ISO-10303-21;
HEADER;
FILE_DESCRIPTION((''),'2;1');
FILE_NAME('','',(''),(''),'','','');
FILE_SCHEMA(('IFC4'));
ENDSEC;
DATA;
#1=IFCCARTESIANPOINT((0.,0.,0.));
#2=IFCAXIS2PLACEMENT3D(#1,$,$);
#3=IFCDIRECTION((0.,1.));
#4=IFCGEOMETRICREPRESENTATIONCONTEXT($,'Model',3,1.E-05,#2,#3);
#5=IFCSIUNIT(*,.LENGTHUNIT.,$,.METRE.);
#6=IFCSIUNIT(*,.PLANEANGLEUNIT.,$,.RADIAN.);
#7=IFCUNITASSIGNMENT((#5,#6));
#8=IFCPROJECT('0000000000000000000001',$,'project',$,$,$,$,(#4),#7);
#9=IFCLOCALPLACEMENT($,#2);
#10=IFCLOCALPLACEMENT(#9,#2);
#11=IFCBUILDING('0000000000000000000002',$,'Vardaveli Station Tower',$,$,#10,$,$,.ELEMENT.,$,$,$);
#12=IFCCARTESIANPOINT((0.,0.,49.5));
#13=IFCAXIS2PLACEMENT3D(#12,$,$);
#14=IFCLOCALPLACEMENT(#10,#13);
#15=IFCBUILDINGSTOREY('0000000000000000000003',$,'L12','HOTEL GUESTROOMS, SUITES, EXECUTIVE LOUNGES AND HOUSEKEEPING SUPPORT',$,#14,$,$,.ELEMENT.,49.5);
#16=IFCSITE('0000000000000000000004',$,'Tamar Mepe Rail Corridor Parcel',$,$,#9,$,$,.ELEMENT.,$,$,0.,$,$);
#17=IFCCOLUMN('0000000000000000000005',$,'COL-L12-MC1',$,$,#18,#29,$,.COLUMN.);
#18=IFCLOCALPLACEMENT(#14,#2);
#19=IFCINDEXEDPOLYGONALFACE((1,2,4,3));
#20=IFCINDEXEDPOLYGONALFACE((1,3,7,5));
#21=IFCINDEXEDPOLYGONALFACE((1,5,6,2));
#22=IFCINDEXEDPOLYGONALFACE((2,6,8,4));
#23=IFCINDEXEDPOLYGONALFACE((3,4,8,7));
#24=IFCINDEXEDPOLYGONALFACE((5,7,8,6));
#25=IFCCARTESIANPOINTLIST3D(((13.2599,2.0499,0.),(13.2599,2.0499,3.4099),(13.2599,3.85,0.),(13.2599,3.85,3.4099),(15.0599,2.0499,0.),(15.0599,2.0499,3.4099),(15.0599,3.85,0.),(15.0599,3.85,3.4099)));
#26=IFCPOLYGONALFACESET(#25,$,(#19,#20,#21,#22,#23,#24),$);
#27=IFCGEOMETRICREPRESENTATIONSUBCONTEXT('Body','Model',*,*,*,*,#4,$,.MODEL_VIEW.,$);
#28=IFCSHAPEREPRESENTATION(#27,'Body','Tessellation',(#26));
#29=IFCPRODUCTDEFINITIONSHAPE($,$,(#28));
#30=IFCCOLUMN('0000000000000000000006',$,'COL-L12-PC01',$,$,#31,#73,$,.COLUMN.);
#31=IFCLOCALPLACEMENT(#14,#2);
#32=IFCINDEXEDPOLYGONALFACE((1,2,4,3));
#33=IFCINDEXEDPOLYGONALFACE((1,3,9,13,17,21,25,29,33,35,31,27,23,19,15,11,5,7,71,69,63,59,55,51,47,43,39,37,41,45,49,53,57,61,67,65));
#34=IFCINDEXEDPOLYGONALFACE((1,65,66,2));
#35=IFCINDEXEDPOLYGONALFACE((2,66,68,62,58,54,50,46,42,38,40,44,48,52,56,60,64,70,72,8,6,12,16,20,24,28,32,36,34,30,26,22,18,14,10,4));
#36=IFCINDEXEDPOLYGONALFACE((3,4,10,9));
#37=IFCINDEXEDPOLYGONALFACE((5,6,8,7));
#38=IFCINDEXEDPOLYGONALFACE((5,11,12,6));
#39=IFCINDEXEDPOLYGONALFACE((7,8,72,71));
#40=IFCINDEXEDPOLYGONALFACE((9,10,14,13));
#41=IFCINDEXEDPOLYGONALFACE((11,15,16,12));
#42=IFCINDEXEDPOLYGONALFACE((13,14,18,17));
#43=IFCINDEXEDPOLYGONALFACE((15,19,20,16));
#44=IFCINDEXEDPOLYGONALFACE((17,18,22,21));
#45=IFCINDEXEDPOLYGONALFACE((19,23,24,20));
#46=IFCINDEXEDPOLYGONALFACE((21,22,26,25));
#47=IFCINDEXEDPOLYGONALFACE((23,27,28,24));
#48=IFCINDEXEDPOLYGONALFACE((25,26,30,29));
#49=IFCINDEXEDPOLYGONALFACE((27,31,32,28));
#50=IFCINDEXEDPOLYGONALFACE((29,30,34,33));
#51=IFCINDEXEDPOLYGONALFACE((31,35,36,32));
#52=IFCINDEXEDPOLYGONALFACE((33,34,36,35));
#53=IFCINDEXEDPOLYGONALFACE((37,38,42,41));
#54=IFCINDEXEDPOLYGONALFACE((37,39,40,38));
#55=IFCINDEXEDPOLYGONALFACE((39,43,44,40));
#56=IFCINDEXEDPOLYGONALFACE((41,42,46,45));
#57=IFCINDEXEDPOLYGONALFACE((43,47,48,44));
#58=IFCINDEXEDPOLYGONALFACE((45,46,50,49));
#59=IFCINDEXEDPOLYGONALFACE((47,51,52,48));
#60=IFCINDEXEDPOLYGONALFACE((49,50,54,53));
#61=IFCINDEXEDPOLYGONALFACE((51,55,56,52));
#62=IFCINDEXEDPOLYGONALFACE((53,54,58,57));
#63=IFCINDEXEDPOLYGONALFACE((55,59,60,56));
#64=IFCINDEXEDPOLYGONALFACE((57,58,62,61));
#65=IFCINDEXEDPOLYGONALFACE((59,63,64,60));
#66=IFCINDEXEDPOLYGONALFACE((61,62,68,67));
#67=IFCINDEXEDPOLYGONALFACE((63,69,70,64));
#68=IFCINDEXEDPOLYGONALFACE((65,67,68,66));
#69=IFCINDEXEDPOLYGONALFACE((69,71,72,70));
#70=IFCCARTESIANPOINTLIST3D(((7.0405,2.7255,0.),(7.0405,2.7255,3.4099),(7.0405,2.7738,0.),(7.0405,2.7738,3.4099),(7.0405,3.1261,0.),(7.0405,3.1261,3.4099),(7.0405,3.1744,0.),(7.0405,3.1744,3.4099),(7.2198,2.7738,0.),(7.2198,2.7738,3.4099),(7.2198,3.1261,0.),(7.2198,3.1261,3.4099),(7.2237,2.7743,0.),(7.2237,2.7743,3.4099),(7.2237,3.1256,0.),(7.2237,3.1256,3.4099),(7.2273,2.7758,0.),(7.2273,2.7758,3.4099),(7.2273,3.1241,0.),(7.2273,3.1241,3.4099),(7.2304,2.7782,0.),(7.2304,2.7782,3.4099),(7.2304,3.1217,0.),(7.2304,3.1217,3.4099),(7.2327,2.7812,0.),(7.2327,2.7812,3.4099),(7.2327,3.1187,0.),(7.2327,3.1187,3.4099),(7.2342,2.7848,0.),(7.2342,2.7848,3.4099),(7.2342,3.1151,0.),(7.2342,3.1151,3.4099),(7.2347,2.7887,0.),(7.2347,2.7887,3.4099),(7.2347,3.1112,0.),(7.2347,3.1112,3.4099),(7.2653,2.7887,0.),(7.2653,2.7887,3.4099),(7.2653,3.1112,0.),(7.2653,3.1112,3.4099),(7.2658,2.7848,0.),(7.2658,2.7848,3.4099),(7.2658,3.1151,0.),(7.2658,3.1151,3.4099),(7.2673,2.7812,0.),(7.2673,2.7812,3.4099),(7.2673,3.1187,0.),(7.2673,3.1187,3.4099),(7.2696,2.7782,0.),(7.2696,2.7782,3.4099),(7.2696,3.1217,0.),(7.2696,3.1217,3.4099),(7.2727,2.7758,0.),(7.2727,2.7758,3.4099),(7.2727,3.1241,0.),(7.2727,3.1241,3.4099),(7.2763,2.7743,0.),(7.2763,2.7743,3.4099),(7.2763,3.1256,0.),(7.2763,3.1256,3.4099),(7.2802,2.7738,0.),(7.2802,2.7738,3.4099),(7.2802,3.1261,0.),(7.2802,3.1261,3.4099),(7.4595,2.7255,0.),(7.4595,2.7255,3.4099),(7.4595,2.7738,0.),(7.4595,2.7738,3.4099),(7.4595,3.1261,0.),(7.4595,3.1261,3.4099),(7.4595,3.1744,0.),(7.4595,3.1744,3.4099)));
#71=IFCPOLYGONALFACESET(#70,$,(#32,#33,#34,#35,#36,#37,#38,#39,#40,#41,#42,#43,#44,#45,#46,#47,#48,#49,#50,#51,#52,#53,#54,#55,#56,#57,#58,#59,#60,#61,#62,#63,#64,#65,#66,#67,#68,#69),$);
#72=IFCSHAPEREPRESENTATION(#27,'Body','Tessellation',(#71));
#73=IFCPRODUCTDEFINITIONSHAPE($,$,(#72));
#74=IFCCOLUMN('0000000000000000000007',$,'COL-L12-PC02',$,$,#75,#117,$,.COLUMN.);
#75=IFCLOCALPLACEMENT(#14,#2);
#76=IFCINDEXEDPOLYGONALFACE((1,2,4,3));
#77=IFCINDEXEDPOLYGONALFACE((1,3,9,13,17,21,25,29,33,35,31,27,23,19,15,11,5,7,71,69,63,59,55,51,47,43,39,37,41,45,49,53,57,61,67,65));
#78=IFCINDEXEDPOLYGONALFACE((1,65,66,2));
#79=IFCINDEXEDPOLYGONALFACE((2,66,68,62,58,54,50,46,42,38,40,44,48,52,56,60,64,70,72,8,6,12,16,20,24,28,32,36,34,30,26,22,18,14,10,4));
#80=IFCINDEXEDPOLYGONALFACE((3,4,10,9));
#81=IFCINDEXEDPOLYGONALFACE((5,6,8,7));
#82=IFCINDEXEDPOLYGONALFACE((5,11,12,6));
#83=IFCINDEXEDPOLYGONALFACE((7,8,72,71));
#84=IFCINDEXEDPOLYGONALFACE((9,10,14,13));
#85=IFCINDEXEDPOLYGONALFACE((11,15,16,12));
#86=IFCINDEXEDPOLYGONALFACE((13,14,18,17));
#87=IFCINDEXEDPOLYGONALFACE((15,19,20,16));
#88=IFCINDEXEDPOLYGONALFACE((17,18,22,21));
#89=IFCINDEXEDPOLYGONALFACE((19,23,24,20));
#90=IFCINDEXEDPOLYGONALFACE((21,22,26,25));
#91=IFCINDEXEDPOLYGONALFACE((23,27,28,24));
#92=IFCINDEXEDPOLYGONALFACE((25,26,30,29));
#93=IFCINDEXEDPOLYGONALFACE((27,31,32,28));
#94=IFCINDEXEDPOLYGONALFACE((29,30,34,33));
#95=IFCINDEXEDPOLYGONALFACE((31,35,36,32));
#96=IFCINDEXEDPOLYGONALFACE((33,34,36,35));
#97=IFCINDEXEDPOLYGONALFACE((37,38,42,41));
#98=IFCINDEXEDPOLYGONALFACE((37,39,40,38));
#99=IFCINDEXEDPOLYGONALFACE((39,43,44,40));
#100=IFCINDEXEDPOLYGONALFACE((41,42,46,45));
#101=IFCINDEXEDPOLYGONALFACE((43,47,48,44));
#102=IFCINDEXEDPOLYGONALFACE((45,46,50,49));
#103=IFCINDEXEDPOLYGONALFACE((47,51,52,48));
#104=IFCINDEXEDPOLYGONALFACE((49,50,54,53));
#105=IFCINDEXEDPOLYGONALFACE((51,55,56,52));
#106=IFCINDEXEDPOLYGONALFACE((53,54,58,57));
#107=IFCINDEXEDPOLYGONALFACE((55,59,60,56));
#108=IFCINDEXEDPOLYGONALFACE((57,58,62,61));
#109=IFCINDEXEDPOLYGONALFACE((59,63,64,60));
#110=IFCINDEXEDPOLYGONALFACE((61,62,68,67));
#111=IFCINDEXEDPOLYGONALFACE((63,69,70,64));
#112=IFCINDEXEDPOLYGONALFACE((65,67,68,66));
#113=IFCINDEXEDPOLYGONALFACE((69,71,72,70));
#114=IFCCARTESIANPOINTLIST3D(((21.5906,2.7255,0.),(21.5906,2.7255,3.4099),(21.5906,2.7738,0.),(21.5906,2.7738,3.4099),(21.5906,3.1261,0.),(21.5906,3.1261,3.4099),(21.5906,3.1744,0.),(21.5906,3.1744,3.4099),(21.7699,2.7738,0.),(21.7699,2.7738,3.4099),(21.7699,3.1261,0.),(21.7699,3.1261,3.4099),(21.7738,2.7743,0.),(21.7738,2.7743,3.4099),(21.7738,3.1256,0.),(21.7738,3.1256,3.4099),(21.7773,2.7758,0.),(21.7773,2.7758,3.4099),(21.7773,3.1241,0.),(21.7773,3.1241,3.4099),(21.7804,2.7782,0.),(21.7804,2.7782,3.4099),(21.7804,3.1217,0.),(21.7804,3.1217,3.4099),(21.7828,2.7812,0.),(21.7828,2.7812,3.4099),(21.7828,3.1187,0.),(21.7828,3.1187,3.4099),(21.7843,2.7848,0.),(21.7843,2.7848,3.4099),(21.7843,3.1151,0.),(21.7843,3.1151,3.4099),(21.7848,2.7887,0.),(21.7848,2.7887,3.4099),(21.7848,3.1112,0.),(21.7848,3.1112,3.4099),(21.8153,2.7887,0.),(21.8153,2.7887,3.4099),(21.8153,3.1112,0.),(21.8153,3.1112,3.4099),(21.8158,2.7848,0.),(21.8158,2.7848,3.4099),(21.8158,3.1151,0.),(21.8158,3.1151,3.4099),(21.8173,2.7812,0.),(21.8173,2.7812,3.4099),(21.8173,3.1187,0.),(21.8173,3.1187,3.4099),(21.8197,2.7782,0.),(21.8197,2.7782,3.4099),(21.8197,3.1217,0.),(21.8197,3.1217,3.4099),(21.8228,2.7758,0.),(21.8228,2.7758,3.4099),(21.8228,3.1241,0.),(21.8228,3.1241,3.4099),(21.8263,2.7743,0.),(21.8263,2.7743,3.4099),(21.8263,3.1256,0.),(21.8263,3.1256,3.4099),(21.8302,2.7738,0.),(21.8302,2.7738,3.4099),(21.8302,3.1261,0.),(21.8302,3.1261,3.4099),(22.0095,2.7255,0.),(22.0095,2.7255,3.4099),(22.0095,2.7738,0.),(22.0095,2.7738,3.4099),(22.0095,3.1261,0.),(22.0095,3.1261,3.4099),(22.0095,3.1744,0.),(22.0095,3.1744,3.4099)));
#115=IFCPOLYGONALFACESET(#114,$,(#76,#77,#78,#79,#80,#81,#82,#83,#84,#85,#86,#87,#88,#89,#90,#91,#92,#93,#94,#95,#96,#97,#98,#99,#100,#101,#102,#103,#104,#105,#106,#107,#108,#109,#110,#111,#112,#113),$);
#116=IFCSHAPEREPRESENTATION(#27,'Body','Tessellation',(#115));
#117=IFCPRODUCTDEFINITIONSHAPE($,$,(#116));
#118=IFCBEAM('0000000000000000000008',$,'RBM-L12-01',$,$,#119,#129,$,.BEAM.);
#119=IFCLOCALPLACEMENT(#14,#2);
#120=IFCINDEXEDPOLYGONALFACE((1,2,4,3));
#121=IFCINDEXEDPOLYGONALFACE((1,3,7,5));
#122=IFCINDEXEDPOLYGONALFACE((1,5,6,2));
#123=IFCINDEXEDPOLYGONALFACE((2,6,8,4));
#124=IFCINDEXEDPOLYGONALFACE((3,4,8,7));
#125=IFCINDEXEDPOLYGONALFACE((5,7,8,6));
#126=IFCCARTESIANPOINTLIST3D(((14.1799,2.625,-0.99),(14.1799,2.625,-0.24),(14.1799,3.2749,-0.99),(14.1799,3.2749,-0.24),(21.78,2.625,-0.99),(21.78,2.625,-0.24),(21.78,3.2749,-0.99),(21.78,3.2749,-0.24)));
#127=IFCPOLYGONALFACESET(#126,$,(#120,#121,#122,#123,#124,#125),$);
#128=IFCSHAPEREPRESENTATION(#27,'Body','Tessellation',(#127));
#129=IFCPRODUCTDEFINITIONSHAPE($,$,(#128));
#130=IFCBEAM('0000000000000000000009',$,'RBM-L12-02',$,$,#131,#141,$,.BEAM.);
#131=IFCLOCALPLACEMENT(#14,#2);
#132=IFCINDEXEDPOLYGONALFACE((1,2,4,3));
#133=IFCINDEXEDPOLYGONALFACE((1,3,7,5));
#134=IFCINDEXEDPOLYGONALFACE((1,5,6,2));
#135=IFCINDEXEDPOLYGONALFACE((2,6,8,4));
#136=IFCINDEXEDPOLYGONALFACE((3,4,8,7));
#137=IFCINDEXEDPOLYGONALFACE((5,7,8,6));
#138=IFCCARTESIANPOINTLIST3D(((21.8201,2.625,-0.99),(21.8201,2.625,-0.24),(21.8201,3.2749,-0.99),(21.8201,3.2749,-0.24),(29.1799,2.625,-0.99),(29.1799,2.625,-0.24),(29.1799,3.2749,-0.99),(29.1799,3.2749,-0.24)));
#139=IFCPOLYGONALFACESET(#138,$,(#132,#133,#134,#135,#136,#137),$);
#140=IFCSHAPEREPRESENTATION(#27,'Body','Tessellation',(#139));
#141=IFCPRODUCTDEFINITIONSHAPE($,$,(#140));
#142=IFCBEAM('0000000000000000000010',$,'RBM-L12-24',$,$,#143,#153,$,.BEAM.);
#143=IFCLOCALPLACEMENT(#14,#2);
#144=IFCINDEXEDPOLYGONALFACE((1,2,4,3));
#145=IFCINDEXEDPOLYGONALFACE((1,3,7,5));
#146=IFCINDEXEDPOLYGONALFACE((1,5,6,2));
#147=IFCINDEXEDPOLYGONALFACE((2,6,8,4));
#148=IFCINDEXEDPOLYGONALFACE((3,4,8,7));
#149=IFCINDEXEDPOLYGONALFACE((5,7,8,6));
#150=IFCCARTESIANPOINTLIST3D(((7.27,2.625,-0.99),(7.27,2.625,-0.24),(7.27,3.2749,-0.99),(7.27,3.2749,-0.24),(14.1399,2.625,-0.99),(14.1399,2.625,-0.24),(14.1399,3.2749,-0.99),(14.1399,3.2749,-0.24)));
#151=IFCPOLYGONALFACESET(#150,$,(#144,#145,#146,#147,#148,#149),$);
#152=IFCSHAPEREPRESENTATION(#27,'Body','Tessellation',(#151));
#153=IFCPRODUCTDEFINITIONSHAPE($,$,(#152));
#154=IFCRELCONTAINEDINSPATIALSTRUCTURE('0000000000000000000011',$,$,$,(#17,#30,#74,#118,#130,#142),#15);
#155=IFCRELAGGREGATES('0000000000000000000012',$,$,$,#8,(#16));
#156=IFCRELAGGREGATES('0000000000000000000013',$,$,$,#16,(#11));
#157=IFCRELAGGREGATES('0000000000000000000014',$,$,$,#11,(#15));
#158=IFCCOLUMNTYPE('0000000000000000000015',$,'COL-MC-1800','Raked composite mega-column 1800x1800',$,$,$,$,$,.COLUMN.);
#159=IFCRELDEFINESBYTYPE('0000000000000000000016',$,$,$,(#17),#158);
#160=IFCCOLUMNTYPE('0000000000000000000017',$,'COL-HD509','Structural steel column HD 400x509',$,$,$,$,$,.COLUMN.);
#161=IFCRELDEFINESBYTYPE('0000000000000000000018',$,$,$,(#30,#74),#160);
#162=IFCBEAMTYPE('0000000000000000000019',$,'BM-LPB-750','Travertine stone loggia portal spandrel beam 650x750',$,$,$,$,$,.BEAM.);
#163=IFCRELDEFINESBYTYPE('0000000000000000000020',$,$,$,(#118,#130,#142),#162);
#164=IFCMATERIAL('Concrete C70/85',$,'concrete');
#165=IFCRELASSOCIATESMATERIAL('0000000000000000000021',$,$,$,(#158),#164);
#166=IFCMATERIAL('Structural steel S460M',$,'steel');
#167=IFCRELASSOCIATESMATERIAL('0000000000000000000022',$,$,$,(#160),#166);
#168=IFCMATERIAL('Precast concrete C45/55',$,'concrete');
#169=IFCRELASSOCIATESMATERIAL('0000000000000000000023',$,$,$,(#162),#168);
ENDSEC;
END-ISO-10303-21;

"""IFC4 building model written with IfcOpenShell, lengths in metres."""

from ifc_helpers import new_model, si_unit, direction, frame, origin, origin_2d, place, context, subcontext, project, spatial, rectangle, i_section, extrude, source, transform, mapped, material, material_profile, profile_set, type_object, element, save


model = new_model("IFC4")

# Units and contexts
model_context = context("Model", 3, precision=1e-05, world=origin(), true_north=direction((0.0, 1.0)))
body_context = subcontext(model_context, "Body", "Model", "MODEL_VIEW")
ifc_project = project(units=[si_unit("LENGTHUNIT", "METRE"), si_unit("PLANEANGLEUNIT", "RADIAN")], contexts=[model_context])

# Site, building, storey
site_placement = place(None, origin())
site = spatial("IfcSite", under=ifc_project, at=site_placement, Name="Tamar Mepe Rail Corridor Parcel", CompositionType="ELEMENT", RefElevation=0.0)
building_placement = place(site_placement, origin())
building = spatial("IfcBuilding", under=site, at=building_placement, Name="Vardaveli Station Tower", CompositionType="ELEMENT")
storey_placement = place(building_placement, frame((0.0, 0.0, 49.5)))
storey = spatial("IfcBuildingStorey", under=building, at=storey_placement, Name="L12", Description="HOTEL GUESTROOMS, SUITES, EXECUTIVE LOUNGES AND HOUSEKEEPING SUPPORT", CompositionType="ELEMENT", Elevation=49.5)

# Columns
ifc_material_1 = material(Name="Concrete C70/85", Category="concrete")
ifc_material_profile_1 = material_profile(ifc_material_1, rectangle(XDim=1.8, YDim=1.8, at=origin_2d()), Name="MC 1800x1800")
ifc_profile_set_1 = profile_set([ifc_material_profile_1], Name="Concrete C70/85")
column_type_1 = type_object("IfcColumnType", Name="COL-MC-1800", Description="Raked composite mega-column 1800x1800", PredefinedType="COLUMN", material=ifc_profile_set_1)
shared_shape_1 = source(origin(), body_context, "Body", "SweptSolid", [
    extrude(rectangle(XDim=1.8, YDim=1.8, at=origin_2d()), origin(), (0.0, 0.0, 1.0), 3.4099),
])
column_placement = place(storey_placement, frame((14.1599, 2.95, 0.0), z_axis=(0.0, 0.0, 1.0), x_axis=(1.0, 0.0, 0.0)))
element("IfcColumn", 1, at=column_placement, inside=storey, type_object=column_type_1, Name="COL-L12-MC1", PredefinedType="COLUMN", context=body_context, shape_type="MappedRepresentation", body=[
    mapped(shared_shape_1, transform((0.0, 0.0, 0.0), scale=1.0)),
])
ifc_material_2 = material(Name="Structural steel S460M", Category="steel")
ifc_material_profile_2 = material_profile(ifc_material_2, i_section(OverallWidth=0.4189, OverallDepth=0.449, WebThickness=0.0305, FlangeThickness=0.0483, FilletRadius=0.0149, at=origin_2d()), Name="HD 400x509")
ifc_profile_set_2 = profile_set([ifc_material_profile_2], Name="Structural steel S460M")
column_type_2 = type_object("IfcColumnType", Name="COL-HD509", Description="Structural steel column HD 400x509", PredefinedType="COLUMN", material=ifc_profile_set_2)
shared_shape_2 = source(origin(), body_context, "Body", "SweptSolid", [
    extrude(i_section(OverallWidth=0.4189, OverallDepth=0.449, WebThickness=0.0305, FlangeThickness=0.0483, FilletRadius=0.0149, at=origin_2d()), origin(), (0.0, 0.0, 1.0), 3.4099),
])
for number, where, z_axis, x_axis, name in (
    (2, (7.25, 2.95, 0.0), (0.0, 0.0, 1.0), (1.0, 0.0, 0.0), "COL-L12-PC01"),
    (3, (21.8, 2.95, 0.0), (0.0, 0.0, 1.0), (1.0, 0.0, 0.0), "COL-L12-PC02"),
):
    element("IfcColumn", number, at=place(storey_placement, frame(where, z_axis=z_axis, x_axis=x_axis)), inside=storey, type_object=column_type_2, Name=name, PredefinedType="COLUMN", context=body_context, shape_type="MappedRepresentation", body=[
        mapped(shared_shape_2, transform((0.0, 0.0, 0.0), scale=1.0)),
    ])

# Beams
ifc_material_3 = material(Name="Precast concrete C45/55", Category="concrete")
ifc_material_profile_3 = material_profile(ifc_material_3, rectangle(XDim=0.6499, YDim=0.75, at=origin_2d()), Name="LPB 650x750")
ifc_profile_set_3 = profile_set([ifc_material_profile_3], Name="Precast concrete C45/55")
beam_type_1 = type_object("IfcBeamType", Name="BM-LPB-750", Description="Travertine stone loggia portal spandrel beam 650x750", PredefinedType="BEAM", material=ifc_profile_set_3)
shared_shape_3 = source(origin(), body_context, "Body", "SweptSolid", [
    extrude(rectangle(XDim=0.6499, YDim=0.75, at=origin_2d()), origin(), (0.0, 0.0, 1.0), 7.6001),
])
beam_1_placement = place(storey_placement, frame((14.1799, 2.95, -0.615), z_axis=(1.0, 0.0, 0.0), x_axis=(0.0, 1.0, 0.0)))
element("IfcBeam", 4, at=beam_1_placement, inside=storey, type_object=beam_type_1, Name="RBM-L12-01", PredefinedType="BEAM", context=body_context, shape_type="MappedRepresentation", body=[
    mapped(shared_shape_3, transform((0.0, 0.0, 0.0), scale=1.0)),
])
shared_shape_4 = source(origin(), body_context, "Body", "SweptSolid", [
    extrude(rectangle(XDim=0.6499, YDim=0.75, at=origin_2d()), origin(), (0.0, 0.0, 1.0), 7.3599),
])
beam_2_placement = place(storey_placement, frame((21.8201, 2.95, -0.615), z_axis=(1.0, 0.0, 0.0), x_axis=(0.0, 1.0, 0.0)))
element("IfcBeam", 5, at=beam_2_placement, inside=storey, type_object=beam_type_1, Name="RBM-L12-02", PredefinedType="BEAM", context=body_context, shape_type="MappedRepresentation", body=[
    mapped(shared_shape_4, transform((0.0, 0.0, 0.0), scale=1.0)),
])
shared_shape_5 = source(origin(), body_context, "Body", "SweptSolid", [
    extrude(rectangle(XDim=0.6499, YDim=0.75, at=origin_2d()), origin(), (0.0, 0.0, 1.0), 6.8699),
])
beam_3_placement = place(storey_placement, frame((7.27, 2.95, -0.615), z_axis=(1.0, 0.0, 0.0), x_axis=(0.0, 1.0, 0.0)))
element("IfcBeam", 6, at=beam_3_placement, inside=storey, type_object=beam_type_1, Name="RBM-L12-24", PredefinedType="BEAM", context=body_context, shape_type="MappedRepresentation", body=[
    mapped(shared_shape_5, transform((0.0, 0.0, 0.0), scale=1.0)),
])

save(model, "model.ifc")
